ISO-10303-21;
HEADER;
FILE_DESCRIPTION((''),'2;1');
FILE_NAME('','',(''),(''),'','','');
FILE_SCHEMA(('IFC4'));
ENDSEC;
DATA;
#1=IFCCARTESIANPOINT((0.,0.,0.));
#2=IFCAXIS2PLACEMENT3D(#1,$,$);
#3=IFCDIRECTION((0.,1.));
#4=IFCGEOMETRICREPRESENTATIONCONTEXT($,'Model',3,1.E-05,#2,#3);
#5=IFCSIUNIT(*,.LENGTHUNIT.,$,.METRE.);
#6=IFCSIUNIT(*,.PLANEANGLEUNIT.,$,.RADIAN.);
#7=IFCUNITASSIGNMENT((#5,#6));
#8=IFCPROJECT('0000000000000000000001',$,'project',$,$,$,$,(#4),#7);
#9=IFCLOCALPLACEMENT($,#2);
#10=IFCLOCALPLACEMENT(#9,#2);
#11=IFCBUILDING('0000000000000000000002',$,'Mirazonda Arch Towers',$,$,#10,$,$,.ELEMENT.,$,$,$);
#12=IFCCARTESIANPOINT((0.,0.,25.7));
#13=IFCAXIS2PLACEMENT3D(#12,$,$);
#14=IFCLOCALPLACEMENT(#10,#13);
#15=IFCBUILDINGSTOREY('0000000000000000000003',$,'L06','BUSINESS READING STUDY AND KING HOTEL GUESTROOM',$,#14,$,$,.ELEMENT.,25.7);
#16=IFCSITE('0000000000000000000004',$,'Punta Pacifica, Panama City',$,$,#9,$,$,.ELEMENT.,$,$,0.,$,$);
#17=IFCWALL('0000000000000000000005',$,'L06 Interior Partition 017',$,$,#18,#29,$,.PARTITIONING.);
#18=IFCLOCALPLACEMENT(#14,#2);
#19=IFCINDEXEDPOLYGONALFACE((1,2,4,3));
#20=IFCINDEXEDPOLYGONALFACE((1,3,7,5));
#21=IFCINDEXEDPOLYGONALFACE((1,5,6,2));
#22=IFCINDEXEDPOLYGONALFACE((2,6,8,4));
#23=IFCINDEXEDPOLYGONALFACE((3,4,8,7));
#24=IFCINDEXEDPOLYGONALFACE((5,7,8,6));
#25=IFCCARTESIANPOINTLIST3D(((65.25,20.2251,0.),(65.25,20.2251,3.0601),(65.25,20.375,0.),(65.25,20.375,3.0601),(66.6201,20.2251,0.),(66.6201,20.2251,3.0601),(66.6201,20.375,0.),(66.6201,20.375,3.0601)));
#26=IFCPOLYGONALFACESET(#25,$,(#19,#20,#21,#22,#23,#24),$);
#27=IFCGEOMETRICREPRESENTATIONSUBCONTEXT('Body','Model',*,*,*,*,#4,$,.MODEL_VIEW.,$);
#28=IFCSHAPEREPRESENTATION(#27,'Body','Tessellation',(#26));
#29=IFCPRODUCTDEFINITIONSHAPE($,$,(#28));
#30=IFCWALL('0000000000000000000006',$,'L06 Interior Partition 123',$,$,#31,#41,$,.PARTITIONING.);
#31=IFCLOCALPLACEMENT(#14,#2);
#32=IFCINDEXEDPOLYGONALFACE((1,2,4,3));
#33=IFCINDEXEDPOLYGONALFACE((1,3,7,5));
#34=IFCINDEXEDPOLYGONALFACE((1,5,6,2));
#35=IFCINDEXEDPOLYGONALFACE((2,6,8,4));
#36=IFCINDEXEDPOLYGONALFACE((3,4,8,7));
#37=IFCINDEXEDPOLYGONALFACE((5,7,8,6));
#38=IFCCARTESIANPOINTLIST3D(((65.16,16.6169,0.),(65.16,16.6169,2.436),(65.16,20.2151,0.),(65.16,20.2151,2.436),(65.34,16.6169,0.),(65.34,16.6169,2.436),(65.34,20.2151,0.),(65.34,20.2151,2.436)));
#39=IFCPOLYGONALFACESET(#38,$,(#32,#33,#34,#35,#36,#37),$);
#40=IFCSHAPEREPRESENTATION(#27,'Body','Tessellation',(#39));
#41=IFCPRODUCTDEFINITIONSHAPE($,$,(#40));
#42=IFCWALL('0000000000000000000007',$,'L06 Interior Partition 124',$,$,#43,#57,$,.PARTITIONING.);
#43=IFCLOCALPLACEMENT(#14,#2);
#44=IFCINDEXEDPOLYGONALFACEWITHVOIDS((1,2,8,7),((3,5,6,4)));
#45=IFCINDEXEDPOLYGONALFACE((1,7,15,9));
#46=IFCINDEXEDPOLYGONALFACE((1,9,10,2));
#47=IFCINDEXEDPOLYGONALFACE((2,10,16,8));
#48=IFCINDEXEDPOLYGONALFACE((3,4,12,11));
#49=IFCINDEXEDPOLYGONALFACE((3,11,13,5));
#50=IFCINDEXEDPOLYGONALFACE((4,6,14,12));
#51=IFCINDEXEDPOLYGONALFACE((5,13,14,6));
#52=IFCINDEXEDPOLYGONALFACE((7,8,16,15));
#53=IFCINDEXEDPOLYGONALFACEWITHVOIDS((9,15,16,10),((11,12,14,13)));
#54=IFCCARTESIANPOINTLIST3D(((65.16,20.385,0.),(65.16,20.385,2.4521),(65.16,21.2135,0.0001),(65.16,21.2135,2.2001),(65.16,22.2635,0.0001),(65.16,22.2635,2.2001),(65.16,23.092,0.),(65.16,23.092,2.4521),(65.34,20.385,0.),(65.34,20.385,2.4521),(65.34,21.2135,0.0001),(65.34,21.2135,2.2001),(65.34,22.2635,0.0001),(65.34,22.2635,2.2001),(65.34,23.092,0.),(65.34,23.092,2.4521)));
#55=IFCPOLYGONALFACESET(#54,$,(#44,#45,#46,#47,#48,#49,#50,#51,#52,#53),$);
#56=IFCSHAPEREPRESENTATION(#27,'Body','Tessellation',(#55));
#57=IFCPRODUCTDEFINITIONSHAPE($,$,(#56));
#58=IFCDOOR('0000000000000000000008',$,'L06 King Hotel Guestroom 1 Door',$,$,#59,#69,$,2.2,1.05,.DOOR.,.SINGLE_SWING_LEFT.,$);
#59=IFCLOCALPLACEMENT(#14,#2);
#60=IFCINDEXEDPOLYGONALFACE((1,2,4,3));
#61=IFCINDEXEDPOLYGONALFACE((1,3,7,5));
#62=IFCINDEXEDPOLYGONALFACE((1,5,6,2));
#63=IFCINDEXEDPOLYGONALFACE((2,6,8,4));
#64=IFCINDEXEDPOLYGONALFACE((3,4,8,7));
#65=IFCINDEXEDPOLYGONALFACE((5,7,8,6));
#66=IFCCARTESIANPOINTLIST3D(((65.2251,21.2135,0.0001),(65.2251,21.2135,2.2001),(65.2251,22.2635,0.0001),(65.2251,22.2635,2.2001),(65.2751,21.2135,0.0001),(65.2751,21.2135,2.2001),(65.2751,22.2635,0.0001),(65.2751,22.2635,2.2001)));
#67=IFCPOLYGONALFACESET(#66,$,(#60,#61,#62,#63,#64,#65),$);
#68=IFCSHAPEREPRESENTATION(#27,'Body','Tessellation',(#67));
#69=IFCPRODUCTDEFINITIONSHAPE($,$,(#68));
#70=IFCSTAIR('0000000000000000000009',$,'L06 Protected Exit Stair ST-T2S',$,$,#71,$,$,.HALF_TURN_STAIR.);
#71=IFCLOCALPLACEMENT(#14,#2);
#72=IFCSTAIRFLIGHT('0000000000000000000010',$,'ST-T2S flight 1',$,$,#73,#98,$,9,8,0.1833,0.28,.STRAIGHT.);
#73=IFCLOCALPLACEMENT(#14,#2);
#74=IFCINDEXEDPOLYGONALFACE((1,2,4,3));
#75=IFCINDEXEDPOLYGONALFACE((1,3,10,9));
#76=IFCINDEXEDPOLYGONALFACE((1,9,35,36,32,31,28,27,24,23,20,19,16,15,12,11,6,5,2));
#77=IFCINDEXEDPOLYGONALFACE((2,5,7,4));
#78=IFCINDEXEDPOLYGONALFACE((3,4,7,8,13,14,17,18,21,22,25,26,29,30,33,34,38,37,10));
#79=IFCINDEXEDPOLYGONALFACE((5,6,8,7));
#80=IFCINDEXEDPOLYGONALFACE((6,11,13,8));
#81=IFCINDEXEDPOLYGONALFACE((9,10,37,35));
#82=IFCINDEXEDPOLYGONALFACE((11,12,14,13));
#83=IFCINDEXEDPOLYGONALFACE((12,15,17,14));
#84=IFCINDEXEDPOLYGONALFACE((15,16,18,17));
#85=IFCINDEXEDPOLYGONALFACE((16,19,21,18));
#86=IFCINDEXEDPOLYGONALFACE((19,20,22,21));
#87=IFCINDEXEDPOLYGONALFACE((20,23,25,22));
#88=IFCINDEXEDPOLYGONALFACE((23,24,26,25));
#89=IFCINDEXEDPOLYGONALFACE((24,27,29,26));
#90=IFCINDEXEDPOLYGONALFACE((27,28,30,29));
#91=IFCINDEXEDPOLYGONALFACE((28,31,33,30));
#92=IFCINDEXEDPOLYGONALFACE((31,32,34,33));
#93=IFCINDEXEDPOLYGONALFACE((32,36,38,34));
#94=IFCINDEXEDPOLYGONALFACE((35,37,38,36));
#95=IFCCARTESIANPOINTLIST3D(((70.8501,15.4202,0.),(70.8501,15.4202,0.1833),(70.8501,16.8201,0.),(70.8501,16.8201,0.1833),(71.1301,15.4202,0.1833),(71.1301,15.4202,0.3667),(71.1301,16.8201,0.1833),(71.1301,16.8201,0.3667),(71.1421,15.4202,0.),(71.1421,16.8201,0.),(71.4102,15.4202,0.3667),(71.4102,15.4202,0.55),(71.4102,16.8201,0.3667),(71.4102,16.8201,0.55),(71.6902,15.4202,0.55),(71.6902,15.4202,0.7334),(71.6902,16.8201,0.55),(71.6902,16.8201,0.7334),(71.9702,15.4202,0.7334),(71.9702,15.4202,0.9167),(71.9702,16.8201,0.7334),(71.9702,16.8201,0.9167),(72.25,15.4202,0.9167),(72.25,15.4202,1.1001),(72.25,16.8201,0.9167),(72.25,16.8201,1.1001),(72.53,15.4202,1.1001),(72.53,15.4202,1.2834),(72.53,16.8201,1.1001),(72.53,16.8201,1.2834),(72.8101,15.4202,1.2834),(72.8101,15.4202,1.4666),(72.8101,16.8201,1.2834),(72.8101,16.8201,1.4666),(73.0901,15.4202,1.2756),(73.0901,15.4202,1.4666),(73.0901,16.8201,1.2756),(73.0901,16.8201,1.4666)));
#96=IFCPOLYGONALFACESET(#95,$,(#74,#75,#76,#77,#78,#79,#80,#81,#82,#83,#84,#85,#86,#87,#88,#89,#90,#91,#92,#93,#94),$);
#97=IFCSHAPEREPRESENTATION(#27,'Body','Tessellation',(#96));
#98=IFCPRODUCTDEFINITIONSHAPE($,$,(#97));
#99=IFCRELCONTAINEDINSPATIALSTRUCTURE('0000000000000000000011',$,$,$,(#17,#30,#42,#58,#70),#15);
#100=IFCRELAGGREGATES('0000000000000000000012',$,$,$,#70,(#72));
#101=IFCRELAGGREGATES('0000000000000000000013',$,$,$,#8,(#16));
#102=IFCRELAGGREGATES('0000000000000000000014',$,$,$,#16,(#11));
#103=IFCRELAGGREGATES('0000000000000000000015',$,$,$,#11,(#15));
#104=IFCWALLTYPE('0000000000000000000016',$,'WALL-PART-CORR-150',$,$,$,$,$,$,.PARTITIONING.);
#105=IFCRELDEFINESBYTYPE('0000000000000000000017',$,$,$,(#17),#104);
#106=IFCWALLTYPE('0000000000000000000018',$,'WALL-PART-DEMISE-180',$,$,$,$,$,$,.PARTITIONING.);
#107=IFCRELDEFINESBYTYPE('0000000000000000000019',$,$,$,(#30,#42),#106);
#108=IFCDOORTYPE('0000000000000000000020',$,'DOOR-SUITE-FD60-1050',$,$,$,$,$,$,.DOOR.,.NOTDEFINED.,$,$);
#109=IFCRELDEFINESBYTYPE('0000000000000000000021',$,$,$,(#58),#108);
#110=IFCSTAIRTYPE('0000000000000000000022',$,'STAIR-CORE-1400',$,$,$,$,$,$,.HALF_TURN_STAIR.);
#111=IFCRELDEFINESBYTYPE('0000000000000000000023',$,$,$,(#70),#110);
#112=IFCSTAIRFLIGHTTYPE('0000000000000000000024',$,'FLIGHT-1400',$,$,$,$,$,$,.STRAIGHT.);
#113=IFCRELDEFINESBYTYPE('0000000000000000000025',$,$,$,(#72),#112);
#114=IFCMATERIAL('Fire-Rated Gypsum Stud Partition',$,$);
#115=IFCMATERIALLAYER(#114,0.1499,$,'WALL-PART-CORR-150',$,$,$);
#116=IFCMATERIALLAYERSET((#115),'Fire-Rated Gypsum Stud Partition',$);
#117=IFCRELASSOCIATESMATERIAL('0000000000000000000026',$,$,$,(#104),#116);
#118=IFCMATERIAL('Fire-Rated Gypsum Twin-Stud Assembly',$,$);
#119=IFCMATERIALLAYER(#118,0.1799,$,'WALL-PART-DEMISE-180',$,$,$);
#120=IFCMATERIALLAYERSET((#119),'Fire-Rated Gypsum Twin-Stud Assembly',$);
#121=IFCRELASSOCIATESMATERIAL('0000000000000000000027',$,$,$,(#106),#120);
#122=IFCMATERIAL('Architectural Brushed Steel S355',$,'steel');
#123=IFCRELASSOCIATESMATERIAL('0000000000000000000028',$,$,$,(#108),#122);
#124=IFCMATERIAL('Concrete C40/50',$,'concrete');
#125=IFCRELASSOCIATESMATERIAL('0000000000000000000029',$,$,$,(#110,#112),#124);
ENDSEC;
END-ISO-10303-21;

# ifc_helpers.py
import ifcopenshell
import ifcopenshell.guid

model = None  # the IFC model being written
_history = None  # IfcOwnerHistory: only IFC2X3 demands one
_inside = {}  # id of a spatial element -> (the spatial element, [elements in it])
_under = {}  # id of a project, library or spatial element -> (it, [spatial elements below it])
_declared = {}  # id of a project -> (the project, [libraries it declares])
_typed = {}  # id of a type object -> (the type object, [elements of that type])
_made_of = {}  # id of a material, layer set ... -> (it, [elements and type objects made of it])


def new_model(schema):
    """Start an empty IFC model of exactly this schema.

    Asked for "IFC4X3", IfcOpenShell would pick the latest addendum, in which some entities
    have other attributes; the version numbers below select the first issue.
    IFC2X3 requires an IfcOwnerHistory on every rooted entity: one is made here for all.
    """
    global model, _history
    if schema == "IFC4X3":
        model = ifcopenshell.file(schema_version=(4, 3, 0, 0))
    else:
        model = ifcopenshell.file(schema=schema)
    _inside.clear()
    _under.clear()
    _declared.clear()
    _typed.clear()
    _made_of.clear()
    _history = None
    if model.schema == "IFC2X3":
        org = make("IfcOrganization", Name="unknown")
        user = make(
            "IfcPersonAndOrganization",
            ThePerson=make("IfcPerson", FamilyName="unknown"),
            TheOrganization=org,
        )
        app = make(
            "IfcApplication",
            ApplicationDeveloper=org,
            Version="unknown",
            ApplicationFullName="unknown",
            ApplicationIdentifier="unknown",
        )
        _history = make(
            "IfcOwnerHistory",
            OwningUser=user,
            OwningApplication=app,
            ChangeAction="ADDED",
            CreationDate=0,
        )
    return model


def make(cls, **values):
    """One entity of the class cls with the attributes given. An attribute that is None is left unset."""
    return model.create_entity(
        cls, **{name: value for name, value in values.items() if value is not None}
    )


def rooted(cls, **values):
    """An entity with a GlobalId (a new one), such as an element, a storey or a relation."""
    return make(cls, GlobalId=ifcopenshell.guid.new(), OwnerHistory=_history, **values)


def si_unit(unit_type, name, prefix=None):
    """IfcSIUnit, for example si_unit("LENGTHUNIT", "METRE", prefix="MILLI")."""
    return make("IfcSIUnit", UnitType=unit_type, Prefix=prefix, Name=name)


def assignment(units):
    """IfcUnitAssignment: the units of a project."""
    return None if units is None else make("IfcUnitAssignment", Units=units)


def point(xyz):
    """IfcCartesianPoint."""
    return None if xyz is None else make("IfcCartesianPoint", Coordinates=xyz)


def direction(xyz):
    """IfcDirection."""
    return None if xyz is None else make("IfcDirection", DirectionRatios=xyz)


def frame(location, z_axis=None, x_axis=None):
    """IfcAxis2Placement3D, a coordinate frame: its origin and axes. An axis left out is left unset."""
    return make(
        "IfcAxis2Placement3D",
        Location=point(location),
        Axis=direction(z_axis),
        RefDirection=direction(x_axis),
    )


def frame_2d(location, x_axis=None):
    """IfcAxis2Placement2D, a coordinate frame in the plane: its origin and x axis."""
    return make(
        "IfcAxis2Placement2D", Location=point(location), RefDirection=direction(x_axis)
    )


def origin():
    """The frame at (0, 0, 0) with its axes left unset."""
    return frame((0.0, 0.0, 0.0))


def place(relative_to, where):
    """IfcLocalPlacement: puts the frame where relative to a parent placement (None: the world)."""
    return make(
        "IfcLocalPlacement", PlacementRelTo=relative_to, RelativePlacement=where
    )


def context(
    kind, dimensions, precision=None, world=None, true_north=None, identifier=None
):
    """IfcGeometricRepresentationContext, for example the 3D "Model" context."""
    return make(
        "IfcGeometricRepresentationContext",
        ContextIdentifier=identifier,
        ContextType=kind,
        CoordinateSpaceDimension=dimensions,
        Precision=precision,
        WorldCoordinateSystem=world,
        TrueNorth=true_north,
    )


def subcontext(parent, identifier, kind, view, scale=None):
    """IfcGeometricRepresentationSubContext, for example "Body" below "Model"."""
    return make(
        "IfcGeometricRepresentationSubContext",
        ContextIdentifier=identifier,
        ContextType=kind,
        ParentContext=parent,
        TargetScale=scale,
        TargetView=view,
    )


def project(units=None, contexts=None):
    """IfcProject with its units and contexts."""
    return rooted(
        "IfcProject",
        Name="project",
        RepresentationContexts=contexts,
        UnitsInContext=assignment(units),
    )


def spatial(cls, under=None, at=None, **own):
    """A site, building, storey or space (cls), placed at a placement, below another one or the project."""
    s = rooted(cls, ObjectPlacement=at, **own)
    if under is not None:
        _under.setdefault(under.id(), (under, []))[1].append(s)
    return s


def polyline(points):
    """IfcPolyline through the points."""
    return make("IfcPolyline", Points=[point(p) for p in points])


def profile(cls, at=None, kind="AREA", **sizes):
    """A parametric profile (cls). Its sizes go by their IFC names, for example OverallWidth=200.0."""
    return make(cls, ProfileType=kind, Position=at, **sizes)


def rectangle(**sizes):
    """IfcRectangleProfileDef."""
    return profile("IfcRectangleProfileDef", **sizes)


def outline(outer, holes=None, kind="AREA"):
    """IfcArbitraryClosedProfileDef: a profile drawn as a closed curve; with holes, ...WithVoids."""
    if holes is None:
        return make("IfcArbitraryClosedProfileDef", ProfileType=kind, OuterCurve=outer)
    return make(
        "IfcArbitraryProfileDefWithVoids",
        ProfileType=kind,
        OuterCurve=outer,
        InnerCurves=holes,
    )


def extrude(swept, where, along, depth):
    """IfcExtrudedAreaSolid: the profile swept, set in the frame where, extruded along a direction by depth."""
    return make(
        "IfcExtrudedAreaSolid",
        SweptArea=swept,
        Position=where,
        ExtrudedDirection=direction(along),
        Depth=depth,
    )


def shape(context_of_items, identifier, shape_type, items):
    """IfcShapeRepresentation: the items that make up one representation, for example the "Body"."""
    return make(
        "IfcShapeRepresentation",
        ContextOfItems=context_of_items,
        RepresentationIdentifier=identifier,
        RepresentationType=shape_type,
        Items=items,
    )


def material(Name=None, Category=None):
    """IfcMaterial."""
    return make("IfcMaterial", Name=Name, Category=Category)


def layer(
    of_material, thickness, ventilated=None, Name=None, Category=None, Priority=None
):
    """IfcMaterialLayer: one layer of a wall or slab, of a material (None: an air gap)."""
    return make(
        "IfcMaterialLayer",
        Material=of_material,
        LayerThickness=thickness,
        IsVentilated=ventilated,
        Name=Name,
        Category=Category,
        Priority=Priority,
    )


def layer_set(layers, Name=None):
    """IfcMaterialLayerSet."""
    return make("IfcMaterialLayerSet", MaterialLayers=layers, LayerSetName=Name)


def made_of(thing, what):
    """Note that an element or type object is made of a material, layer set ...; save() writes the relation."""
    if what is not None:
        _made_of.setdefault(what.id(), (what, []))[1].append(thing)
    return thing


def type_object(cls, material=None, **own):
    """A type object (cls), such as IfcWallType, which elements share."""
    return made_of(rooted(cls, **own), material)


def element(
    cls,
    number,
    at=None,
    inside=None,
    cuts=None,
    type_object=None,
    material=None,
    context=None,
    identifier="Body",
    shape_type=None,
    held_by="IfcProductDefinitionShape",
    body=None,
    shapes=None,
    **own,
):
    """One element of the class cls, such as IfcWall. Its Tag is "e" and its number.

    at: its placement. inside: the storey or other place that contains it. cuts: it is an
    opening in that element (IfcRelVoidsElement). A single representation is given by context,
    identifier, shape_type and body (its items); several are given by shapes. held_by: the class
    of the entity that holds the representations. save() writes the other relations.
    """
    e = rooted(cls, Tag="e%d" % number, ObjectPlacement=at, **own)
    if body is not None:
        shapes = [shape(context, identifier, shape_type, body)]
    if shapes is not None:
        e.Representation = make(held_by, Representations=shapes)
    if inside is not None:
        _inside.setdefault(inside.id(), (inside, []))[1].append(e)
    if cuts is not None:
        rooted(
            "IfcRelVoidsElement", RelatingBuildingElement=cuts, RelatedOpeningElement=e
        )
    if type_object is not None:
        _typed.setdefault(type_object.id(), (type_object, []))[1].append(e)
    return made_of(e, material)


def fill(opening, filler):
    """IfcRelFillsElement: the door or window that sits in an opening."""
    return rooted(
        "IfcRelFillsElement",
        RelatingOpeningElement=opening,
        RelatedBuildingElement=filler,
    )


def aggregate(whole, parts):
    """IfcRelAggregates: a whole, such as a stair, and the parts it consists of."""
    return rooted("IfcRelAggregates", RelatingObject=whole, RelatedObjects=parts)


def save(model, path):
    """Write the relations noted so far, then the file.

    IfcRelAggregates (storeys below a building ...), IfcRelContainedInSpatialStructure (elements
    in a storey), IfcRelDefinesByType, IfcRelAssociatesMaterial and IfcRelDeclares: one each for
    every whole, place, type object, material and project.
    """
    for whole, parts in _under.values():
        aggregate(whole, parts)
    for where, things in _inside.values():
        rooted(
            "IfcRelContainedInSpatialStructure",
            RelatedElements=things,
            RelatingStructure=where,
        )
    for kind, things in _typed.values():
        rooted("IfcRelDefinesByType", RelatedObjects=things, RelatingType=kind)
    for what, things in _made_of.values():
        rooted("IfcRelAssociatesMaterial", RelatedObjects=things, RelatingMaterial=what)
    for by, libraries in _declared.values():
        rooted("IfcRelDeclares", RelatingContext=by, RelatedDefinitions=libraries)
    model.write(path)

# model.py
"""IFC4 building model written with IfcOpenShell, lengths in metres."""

from ifc_helpers import new_model, si_unit, direction, frame, frame_2d, origin, place, context, subcontext, project, spatial, polyline, rectangle, outline, extrude, material, layer, layer_set, type_object, element, fill, aggregate, save


model = new_model("IFC4")

# Units and contexts
model_context = context("Model", 3, precision=1e-05, world=origin(), true_north=direction((0.0, 1.0)))
body_context = subcontext(model_context, "Body", "Model", "MODEL_VIEW")
ifc_project = project(units=[si_unit("LENGTHUNIT", "METRE"), si_unit("PLANEANGLEUNIT", "RADIAN")], contexts=[model_context])

# Site, building, storey
site_placement = place(None, origin())
site = spatial("IfcSite", under=ifc_project, at=site_placement, Name="Punta Pacifica, Panama City", CompositionType="ELEMENT", RefElevation=0.0)
building_placement = place(site_placement, origin())
building = spatial("IfcBuilding", under=site, at=building_placement, Name="Mirazonda Arch Towers", CompositionType="ELEMENT")
storey_placement = place(building_placement, frame((0.0, 0.0, 25.7)))
storey = spatial("IfcBuildingStorey", under=building, at=storey_placement, Name="L06", Description="BUSINESS READING STUDY AND KING HOTEL GUESTROOM", CompositionType="ELEMENT", Elevation=25.7)

# Shared definitions
ifc_material_1 = material(Name="Architectural Brushed Steel S355", Category="steel")

# Walls
ifc_material_2 = material(Name="Fire-Rated Gypsum Stud Partition")
ifc_layer_1 = layer(ifc_material_2, 0.1499, Name="WALL-PART-CORR-150")
ifc_layer_set_1 = layer_set([ifc_layer_1], Name="Fire-Rated Gypsum Stud Partition")
wall_type_1 = type_object("IfcWallType", Name="WALL-PART-CORR-150", PredefinedType="PARTITIONING", material=ifc_layer_set_1)
wall_1_placement = place(storey_placement, frame((65.25, 20.3, 0.0), z_axis=(0.0, 0.0, 1.0), x_axis=(1.0, 0.0, 0.0)))
element("IfcWall", 1, at=wall_1_placement, inside=storey, type_object=wall_type_1, Name="L06 Interior Partition 017", PredefinedType="PARTITIONING", context=body_context, shape_type="SweptSolid", body=[
    extrude(rectangle(XDim=1.3701, YDim=0.1499, at=frame_2d((0.6851, 0.0))), origin(), (0.0, 0.0, 1.0), 3.0601),
])
ifc_material_3 = material(Name="Fire-Rated Gypsum Twin-Stud Assembly")
ifc_layer_2 = layer(ifc_material_3, 0.1799, Name="WALL-PART-DEMISE-180")
ifc_layer_set_2 = layer_set([ifc_layer_2], Name="Fire-Rated Gypsum Twin-Stud Assembly")
wall_type_2 = type_object("IfcWallType", Name="WALL-PART-DEMISE-180", PredefinedType="PARTITIONING", material=ifc_layer_set_2)
wall_2_placement = place(storey_placement, frame((65.25, 16.6169, 0.0), z_axis=(0.0, 0.0, 1.0), x_axis=(0.0, 1.0, 0.0)))
element("IfcWall", 2, at=wall_2_placement, inside=storey, type_object=wall_type_2, Name="L06 Interior Partition 123", PredefinedType="PARTITIONING", context=body_context, shape_type="SweptSolid", body=[
    extrude(rectangle(XDim=3.5981, YDim=0.1799, at=frame_2d((1.7991, 0.0))), origin(), (0.0, 0.0, 1.0), 2.436),
])

# Wall, opening, door
wall_3_placement = place(storey_placement, frame((65.25, 20.385, 0.0), z_axis=(0.0, 0.0, 1.0), x_axis=(0.0, 1.0, 0.0)))
wall_3 = element("IfcWall", 3, at=wall_3_placement, inside=storey, type_object=wall_type_2, Name="L06 Interior Partition 124", PredefinedType="PARTITIONING", context=body_context, shape_type="SweptSolid", body=[
    extrude(rectangle(XDim=2.707, YDim=0.1799, at=frame_2d((1.3535, 0.0))), origin(), (0.0, 0.0, 1.0), 2.4521),
])
opening_1_placement = place(wall_3_placement, frame((0.8286, 0.0, 0.0)))
opening_1 = element("IfcOpeningElement", 4, at=opening_1_placement, cuts=wall_3, PredefinedType="OPENING", context=body_context, shape_type="SweptSolid", body=[
    extrude(rectangle(XDim=1.05, YDim=2.2, at=frame_2d((0.5249, 1.1001))), frame((0.0, 0.0999, 0.0), z_axis=(0.0, -1.0, 0.0), x_axis=(1.0, 0.0, 0.0)), (0.0, 0.0, 1.0), 0.2),
])
door_type_1 = type_object("IfcDoorType", Name="DOOR-SUITE-FD60-1050", OperationType="NOTDEFINED", PredefinedType="DOOR", material=ifc_material_1)
door_1_placement = place(opening_1_placement, origin())
door_1 = element("IfcDoor", 5, at=door_1_placement, inside=storey, type_object=door_type_1, Name="L06 King Hotel Guestroom 1 Door", OperationType="SINGLE_SWING_LEFT", OverallHeight=2.2, OverallWidth=1.05, PredefinedType="DOOR", context=body_context, shape_type="SweptSolid", body=[
    extrude(rectangle(XDim=1.05, YDim=2.2, at=frame_2d((0.5249, 1.1001))), frame((0.0, 0.0249, 0.0), z_axis=(0.0, -1.0, 0.0), x_axis=(1.0, 0.0, 0.0)), (0.0, 0.0, 1.0), 0.05),
])
fill(opening_1, door_1)

# Stair, stair flight
ifc_material_4 = material(Name="Concrete C40/50", Category="concrete")
stair_type = type_object("IfcStairType", Name="STAIR-CORE-1400", PredefinedType="HALF_TURN_STAIR", material=ifc_material_4)
stair_placement = place(storey_placement, origin())
stair = element("IfcStair", 6, at=stair_placement, inside=storey, type_object=stair_type, Name="L06 Protected Exit Stair ST-T2S", PredefinedType="HALF_TURN_STAIR")
stair_flight_type = type_object("IfcStairFlightType", Name="FLIGHT-1400", PredefinedType="STRAIGHT", material=ifc_material_4)
stair_flight_placement = place(storey_placement, frame((70.8501, 16.1201, 0.0), z_axis=(0.0, 0.0, 1.0), x_axis=(1.0, 0.0, 0.0)))
stair_flight = element("IfcStairFlight", 7, at=stair_flight_placement, type_object=stair_flight_type, Name="ST-T2S flight 1", NumberOfRisers=9, NumberOfTreads=8, PredefinedType="STRAIGHT", RiserHeight=0.1833, TreadLength=0.28, context=body_context, shape_type="SweptSolid", body=[
    extrude(outline(polyline([(0.0, 0.0), (0.0, 0.1833), (0.28, 0.1833), (0.28, 0.3667), (0.5601, 0.3667), (0.5601, 0.55), (0.8401, 0.55), (0.8401, 0.7334), (1.1201, 0.7334), (1.1201, 0.9167), (1.3999, 0.9167), (1.3999, 1.1001), (1.6799, 1.1001), (1.6799, 1.2834), (1.96, 1.2834), (1.96, 1.4666), (2.24, 1.4666), (2.24, 1.6499), (2.24, 1.2756), (0.292, 0.0), (0.0, 0.0)])), frame((0.0, 0.7, 0.0), z_axis=(0.0, -1.0, 0.0), x_axis=(1.0, 0.0, 0.0)), (0.0, 0.0, 1.0), 1.3999),
])
aggregate(stair, [stair_flight])

save(model, "model.ifc")
